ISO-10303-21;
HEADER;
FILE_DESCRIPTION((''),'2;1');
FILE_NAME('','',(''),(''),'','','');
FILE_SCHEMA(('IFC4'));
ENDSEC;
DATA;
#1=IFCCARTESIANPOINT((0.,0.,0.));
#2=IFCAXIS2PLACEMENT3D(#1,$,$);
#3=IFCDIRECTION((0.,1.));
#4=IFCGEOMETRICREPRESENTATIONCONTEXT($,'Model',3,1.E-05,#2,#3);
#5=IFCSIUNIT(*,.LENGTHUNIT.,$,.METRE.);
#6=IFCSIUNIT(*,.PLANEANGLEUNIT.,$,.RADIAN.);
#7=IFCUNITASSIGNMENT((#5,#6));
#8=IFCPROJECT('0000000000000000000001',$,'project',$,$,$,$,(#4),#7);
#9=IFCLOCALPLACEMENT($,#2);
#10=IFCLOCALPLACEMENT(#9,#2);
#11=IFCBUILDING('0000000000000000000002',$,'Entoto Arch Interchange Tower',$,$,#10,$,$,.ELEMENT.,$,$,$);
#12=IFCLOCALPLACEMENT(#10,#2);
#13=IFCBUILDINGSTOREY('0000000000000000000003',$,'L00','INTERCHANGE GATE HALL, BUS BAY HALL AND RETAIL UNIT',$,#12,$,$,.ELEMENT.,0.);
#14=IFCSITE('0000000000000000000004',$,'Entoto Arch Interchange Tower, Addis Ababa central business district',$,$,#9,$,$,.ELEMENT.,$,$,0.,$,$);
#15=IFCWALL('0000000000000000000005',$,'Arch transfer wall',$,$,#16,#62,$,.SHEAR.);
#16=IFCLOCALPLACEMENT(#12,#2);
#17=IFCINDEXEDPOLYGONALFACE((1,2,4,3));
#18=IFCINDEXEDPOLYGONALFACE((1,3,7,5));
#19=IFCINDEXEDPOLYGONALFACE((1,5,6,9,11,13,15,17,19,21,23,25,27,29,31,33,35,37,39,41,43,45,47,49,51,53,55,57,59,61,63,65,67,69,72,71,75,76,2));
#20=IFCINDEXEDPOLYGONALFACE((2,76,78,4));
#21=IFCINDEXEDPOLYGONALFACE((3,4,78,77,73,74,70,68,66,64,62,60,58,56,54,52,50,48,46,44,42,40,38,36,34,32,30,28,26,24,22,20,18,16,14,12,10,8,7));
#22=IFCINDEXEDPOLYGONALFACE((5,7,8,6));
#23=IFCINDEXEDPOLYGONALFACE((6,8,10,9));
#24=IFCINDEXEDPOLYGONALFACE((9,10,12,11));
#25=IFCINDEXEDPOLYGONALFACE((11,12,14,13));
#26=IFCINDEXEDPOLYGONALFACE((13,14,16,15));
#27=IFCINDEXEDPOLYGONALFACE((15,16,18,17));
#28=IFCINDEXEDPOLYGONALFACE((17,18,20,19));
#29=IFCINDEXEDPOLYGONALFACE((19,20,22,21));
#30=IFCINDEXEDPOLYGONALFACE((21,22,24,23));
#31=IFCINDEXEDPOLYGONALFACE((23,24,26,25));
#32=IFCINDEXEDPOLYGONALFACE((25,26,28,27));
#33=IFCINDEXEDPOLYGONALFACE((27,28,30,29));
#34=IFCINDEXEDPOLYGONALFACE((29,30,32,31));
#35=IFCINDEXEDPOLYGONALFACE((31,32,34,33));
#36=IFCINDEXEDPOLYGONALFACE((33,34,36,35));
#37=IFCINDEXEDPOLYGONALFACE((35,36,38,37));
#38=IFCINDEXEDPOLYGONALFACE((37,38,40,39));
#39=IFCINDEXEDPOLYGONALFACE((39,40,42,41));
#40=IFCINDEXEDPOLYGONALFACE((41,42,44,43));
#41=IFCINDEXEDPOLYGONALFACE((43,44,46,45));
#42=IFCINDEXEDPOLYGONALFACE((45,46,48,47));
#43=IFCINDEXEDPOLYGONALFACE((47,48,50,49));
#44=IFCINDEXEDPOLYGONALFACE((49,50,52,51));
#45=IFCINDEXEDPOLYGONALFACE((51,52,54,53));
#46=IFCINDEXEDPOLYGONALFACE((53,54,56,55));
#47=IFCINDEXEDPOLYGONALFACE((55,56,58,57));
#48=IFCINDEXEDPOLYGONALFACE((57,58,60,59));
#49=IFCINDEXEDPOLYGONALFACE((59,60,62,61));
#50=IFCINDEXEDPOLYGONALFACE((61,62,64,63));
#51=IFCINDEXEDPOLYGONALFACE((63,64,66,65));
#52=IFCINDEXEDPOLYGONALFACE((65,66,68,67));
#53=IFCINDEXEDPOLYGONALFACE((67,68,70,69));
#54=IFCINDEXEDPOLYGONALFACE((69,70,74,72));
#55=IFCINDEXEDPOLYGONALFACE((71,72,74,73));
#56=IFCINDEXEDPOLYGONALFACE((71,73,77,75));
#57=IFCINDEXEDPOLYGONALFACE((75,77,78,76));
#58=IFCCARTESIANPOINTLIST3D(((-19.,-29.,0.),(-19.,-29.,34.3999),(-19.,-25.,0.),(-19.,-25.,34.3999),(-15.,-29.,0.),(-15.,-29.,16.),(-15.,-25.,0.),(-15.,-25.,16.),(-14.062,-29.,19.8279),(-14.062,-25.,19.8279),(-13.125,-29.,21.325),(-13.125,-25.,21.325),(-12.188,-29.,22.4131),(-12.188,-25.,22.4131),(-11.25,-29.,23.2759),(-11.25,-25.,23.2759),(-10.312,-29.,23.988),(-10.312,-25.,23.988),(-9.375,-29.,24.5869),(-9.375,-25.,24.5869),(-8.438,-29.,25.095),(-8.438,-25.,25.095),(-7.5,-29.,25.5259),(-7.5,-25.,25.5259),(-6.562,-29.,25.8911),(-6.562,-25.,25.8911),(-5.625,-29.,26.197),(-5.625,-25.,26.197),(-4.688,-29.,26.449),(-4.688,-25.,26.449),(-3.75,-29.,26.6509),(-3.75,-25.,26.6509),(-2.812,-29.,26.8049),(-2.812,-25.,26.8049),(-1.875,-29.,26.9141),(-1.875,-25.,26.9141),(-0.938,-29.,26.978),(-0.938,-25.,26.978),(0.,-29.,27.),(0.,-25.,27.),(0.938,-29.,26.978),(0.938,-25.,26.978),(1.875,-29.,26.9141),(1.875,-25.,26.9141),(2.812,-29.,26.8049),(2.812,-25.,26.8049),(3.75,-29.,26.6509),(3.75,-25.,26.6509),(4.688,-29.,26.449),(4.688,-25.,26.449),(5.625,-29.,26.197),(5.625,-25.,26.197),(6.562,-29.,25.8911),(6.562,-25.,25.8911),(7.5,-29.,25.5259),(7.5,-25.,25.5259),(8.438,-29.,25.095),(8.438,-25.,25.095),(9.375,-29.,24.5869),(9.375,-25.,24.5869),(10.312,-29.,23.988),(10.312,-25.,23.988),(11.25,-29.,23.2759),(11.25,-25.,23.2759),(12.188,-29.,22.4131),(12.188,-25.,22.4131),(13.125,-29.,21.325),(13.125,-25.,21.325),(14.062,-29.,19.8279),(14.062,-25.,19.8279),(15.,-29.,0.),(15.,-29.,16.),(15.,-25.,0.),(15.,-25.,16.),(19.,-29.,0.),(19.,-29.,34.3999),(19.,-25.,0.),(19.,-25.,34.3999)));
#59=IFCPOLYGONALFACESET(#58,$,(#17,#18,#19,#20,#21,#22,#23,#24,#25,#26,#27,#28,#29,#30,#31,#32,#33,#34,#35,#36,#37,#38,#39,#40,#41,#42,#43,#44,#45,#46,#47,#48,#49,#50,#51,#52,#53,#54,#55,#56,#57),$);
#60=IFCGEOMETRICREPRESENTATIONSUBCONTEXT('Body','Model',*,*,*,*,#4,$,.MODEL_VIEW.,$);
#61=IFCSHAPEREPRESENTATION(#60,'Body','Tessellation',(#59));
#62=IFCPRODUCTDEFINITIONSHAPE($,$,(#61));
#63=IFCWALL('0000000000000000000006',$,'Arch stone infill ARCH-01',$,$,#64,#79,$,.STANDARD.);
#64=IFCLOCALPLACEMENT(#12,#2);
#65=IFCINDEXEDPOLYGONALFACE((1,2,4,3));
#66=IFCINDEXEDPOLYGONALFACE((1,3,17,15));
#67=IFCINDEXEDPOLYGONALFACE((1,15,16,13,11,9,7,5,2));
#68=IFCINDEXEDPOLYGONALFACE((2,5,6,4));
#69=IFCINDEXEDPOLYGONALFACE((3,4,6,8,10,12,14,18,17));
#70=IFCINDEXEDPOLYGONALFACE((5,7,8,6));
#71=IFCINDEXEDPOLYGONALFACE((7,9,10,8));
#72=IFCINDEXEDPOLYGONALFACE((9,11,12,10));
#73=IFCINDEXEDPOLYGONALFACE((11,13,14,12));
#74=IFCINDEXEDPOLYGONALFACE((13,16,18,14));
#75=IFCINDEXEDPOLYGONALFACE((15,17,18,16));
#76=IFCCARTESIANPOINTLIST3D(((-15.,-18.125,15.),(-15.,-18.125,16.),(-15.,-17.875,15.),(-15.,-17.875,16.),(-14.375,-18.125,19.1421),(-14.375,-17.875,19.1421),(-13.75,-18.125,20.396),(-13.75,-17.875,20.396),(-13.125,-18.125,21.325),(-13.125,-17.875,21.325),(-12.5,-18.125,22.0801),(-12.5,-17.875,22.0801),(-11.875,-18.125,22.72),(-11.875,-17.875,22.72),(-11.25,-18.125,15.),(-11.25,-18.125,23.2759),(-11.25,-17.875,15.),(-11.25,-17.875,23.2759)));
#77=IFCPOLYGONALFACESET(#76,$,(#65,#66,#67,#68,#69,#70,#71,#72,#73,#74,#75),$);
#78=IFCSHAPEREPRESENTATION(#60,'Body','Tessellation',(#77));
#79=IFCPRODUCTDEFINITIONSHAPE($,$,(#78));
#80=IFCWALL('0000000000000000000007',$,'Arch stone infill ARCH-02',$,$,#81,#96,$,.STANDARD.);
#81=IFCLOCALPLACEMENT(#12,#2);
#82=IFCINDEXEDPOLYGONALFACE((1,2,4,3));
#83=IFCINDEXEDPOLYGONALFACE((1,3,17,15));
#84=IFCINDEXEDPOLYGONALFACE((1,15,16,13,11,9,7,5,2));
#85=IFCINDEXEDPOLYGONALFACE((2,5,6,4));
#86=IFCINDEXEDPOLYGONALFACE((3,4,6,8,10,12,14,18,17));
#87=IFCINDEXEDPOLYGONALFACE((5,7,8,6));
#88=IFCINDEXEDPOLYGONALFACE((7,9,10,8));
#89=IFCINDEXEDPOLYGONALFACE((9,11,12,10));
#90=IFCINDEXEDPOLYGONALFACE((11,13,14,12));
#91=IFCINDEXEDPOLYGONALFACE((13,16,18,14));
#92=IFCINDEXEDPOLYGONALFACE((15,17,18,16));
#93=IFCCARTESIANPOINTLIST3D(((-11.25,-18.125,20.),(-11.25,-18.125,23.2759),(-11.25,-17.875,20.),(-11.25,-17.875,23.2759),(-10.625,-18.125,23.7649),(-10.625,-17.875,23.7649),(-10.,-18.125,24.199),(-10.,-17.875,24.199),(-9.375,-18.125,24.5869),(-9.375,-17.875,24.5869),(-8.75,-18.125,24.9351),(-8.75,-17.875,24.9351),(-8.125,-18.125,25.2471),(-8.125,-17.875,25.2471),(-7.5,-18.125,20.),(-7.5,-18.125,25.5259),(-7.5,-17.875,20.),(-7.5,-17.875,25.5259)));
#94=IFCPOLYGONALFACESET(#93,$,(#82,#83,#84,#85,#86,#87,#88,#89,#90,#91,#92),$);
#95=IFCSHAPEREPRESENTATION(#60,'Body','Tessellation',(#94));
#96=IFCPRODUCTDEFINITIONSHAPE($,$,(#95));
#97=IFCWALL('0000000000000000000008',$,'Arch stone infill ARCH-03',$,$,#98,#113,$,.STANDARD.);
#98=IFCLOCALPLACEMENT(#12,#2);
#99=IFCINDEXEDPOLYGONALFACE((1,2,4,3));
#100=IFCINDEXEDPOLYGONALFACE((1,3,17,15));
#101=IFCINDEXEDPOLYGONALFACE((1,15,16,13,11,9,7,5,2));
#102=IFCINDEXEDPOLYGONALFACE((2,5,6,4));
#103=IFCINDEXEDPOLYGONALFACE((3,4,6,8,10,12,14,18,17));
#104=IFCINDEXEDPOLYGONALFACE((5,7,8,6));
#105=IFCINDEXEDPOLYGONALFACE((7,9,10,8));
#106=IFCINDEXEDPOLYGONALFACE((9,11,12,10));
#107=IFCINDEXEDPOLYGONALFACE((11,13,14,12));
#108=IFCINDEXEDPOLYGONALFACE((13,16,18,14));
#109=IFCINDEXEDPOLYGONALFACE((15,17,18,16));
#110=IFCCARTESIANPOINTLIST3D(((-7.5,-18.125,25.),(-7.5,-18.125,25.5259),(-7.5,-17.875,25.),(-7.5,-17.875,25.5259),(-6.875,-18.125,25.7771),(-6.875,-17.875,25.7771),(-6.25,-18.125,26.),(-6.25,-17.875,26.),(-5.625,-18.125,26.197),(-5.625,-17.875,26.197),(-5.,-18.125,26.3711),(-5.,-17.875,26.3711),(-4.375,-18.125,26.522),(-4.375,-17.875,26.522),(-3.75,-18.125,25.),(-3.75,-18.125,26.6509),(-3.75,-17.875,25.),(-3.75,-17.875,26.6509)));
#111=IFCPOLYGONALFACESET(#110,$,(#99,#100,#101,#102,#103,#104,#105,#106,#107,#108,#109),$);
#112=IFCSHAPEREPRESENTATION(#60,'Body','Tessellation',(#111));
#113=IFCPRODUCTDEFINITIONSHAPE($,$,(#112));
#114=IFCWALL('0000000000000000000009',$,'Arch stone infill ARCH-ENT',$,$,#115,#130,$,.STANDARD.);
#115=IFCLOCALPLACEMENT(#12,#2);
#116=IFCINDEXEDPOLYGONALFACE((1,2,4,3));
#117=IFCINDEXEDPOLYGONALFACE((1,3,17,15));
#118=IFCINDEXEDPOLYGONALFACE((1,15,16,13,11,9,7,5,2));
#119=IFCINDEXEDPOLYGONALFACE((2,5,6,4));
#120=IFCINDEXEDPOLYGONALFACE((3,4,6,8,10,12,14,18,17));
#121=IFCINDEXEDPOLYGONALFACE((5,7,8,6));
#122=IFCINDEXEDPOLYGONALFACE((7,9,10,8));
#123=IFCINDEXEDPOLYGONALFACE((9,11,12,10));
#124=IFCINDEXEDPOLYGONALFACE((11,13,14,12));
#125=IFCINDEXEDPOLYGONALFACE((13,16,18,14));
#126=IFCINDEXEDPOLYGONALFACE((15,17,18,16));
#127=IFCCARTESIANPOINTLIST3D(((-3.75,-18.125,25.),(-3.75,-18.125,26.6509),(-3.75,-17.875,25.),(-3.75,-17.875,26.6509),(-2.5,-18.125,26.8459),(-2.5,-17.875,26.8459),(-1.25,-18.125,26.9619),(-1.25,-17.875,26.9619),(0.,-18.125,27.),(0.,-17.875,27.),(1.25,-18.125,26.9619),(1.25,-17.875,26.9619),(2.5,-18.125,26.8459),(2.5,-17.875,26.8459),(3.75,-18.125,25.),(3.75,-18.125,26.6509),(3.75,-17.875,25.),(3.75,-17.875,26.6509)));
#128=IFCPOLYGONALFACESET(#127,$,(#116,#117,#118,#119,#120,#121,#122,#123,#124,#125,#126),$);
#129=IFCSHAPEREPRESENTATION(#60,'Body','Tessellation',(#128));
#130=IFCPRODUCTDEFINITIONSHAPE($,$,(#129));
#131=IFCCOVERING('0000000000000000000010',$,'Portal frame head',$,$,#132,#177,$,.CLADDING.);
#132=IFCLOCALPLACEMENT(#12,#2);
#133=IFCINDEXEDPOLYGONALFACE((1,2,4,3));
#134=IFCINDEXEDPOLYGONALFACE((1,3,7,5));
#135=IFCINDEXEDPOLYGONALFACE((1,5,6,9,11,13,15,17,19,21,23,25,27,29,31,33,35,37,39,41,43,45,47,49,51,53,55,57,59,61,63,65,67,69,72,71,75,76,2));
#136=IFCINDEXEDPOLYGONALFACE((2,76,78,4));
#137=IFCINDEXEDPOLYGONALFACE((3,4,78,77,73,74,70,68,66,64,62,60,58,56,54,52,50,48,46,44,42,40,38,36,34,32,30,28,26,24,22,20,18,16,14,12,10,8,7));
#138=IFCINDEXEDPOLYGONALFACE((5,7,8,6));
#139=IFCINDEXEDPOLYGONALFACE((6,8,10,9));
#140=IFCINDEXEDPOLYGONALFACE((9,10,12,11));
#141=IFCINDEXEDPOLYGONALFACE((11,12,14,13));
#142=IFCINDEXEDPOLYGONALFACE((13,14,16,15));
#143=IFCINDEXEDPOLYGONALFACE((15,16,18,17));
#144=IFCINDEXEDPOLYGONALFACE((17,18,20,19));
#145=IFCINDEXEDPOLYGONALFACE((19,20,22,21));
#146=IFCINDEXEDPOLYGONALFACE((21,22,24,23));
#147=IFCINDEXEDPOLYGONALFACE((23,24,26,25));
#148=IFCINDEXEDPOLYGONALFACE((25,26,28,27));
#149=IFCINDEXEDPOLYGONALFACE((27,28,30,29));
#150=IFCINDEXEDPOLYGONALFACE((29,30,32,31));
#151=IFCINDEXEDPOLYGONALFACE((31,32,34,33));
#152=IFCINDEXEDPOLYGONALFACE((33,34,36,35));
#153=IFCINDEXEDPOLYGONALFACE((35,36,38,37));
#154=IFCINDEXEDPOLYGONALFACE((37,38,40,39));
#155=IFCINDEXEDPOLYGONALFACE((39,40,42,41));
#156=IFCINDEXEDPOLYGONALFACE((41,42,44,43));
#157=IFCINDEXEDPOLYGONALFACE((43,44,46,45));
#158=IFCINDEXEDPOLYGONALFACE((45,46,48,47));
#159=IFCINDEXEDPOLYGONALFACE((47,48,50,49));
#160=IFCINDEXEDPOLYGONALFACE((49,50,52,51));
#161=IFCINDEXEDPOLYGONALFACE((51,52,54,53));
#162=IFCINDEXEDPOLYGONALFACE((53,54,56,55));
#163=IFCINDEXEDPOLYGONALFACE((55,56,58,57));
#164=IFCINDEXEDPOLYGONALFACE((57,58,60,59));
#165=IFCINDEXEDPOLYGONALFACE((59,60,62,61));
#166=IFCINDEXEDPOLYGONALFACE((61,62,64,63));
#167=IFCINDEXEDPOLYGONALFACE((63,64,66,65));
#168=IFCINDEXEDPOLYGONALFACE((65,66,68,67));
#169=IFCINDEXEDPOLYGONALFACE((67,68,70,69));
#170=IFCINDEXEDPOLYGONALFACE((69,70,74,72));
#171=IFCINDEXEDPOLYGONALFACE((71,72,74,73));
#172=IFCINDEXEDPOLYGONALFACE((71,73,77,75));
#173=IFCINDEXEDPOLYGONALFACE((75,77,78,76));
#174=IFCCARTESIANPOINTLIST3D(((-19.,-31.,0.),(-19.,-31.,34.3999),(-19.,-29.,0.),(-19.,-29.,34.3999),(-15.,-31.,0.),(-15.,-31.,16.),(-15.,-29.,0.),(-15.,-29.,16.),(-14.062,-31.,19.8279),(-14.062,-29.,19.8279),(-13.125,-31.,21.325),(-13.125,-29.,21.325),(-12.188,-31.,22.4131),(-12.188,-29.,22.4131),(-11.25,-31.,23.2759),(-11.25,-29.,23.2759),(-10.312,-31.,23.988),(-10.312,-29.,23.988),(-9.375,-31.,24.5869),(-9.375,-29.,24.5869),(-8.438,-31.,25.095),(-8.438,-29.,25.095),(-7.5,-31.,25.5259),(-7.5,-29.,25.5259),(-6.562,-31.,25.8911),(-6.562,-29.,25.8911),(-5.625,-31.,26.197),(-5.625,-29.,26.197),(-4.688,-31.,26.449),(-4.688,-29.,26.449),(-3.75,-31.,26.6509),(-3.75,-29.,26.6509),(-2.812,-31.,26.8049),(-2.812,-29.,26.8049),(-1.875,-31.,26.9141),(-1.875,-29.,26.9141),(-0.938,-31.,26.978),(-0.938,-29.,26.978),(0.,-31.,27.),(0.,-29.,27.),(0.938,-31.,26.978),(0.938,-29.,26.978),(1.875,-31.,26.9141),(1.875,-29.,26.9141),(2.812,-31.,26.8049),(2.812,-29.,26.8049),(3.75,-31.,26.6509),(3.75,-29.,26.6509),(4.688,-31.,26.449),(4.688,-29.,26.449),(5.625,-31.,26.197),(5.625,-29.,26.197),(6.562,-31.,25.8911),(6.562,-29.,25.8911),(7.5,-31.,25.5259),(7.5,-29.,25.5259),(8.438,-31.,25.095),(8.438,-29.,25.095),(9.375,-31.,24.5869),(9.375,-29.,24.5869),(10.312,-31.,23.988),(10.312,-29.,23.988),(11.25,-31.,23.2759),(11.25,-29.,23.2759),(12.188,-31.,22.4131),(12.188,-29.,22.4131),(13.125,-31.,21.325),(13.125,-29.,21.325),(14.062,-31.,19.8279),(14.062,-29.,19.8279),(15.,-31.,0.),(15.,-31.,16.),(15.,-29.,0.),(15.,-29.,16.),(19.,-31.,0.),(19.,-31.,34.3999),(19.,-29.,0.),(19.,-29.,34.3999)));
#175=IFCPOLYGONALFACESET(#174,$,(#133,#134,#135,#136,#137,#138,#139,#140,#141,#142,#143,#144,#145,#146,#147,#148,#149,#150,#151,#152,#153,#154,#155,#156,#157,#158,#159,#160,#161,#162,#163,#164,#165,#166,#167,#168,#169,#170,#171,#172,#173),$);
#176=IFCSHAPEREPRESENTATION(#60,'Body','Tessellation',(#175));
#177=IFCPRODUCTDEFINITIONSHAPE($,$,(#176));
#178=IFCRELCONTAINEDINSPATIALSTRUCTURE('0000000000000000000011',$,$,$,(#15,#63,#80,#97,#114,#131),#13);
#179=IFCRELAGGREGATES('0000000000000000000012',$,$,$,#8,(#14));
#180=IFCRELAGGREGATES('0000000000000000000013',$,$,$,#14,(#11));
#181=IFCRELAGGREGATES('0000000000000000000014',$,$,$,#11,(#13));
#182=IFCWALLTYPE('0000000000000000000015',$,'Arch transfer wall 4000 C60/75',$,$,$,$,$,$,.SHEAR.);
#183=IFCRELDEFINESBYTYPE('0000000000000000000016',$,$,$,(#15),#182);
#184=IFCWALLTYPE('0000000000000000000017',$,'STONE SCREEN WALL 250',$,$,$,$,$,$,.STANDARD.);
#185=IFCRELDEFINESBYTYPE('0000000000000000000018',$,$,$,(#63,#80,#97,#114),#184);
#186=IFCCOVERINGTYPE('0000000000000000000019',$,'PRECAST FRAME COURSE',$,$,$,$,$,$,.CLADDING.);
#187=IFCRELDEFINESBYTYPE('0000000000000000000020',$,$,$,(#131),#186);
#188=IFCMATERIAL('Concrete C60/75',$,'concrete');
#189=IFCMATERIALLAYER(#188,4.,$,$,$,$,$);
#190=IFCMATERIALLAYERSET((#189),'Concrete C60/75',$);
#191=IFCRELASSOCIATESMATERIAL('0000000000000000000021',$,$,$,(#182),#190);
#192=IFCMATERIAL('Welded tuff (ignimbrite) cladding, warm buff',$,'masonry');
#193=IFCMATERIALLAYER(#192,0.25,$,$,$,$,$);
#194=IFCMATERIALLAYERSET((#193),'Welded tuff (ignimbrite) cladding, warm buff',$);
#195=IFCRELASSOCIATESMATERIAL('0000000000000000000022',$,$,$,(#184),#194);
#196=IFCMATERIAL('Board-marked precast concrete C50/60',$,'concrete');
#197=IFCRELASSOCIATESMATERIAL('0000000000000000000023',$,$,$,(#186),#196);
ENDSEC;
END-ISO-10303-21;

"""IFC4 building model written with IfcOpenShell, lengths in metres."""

from ifc_helpers import new_model, si_unit, direction, frame, origin, place, context, subcontext, project, spatial, polyline, outline, extrude, material, layer, layer_set, type_object, element, save


model = new_model("IFC4")

# Units and contexts
model_context = context("Model", 3, precision=1e-05, world=origin(), true_north=direction((0.0, 1.0)))
body_context = subcontext(model_context, "Body", "Model", "MODEL_VIEW")
ifc_project = project(units=[si_unit("LENGTHUNIT", "METRE"), si_unit("PLANEANGLEUNIT", "RADIAN")], contexts=[model_context])

# Site, building, storey
site_placement = place(None, origin())
site = spatial("IfcSite", under=ifc_project, at=site_placement, Name="Entoto Arch Interchange Tower, Addis Ababa central business district", CompositionType="ELEMENT", RefElevation=0.0)
building_placement = place(site_placement, origin())
building = spatial("IfcBuilding", under=site, at=building_placement, Name="Entoto Arch Interchange Tower", CompositionType="ELEMENT")
storey_placement = place(building_placement, origin())
storey = spatial("IfcBuildingStorey", under=building, at=storey_placement, Name="L00", Description="INTERCHANGE GATE HALL, BUS BAY HALL AND RETAIL UNIT", CompositionType="ELEMENT", Elevation=0.0)

# Walls
ifc_material_1 = material(Name="Concrete C60/75", Category="concrete")
ifc_layer_1 = layer(ifc_material_1, 4.0)
ifc_layer_set_1 = layer_set([ifc_layer_1], Name="Concrete C60/75")
wall_type_1 = type_object("IfcWallType", Name="Arch transfer wall 4000 C60/75", PredefinedType="SHEAR", material=ifc_layer_set_1)
wall_1_placement = place(storey_placement, frame((-19.0, -25.0, 34.3999), z_axis=(0.0, 1.0, 0.0), x_axis=(1.0, 0.0, 0.0)))
element("IfcWall", 1, at=wall_1_placement, inside=storey, type_object=wall_type_1, Name="Arch transfer wall", PredefinedType="SHEAR", context=body_context, shape_type="SweptSolid", body=[
    extrude(outline(polyline([(0.0, 0.0), (38.0, 0.0), (38.0, 34.3999), (34.0, 34.3999), (34.0, 18.3999), (33.062, 14.572), (32.125, 13.075), (31.188, 11.9868), (30.25, 11.124), (29.312, 10.4119), (28.375, 9.813), (27.438, 9.3049), (26.5, 8.874), (25.562, 8.5088), (24.625, 8.2029), (23.688, 7.9509), (22.75, 7.749), (21.812, 7.595), (20.875, 7.4858), (19.938, 7.4219), (19.0, 7.3999), (18.062, 7.4219), (17.125, 7.4858), (16.188, 7.595), (15.25, 7.749), (14.312, 7.9509), (13.375, 8.2029), (12.438, 8.5088), (11.5, 8.874), (10.562, 9.3049), (9.625, 9.813), (8.688, 10.4119), (7.75, 11.124), (6.812, 11.9868), (5.875, 13.075), (4.938, 14.572), (4.0, 18.3999), (4.0, 34.3999), (0.0, 34.3999), (0.0, 0.0)])), origin(), (0.0, 0.0, -1.0), 4.0),
])
ifc_material_2 = material(Name="Welded tuff (ignimbrite) cladding, warm buff", Category="masonry")
ifc_layer_2 = layer(ifc_material_2, 0.25)
ifc_layer_set_2 = layer_set([ifc_layer_2], Name="Welded tuff (ignimbrite) cladding, warm buff")
wall_type_2 = type_object("IfcWallType", Name="STONE SCREEN WALL 250", PredefinedType="STANDARD", material=ifc_layer_set_2)
wall_2_placement = place(storey_placement, frame((-15.0, -18.0, 15.0), z_axis=(0.0, 0.0, 1.0), x_axis=(1.0, 0.0, 0.0)))
element("IfcWall", 2, at=wall_2_placement, inside=storey, type_object=wall_type_2, Name="Arch stone infill ARCH-01", PredefinedType="STANDARD", context=body_context, shape_type="SweptSolid", body=[
    extrude(outline(polyline([(0.0, 0.0), (3.75, 0.0), (3.75, 8.2759), (3.125, 7.72), (2.5, 7.0801), (1.875, 6.325), (1.25, 5.396), (0.625, 4.1421), (0.0, 1.0), (0.0, 0.0)])), frame((0.0, 0.125, 0.0), z_axis=(0.0, -1.0, 0.0), x_axis=(1.0, 0.0, 0.0)), (0.0, 0.0, 1.0), 0.25),
])
wall_3_placement = place(storey_placement, frame((-11.25, -18.0, 20.0), z_axis=(0.0, 0.0, 1.0), x_axis=(1.0, 0.0, 0.0)))
element("IfcWall", 3, at=wall_3_placement, inside=storey, type_object=wall_type_2, Name="Arch stone infill ARCH-02", PredefinedType="STANDARD", context=body_context, shape_type="SweptSolid", body=[
    extrude(outline(polyline([(0.0, 0.0), (3.75, 0.0), (3.75, 5.5259), (3.125, 5.2471), (2.5, 4.9351), (1.875, 4.5869), (1.25, 4.199), (0.625, 3.7649), (0.0, 3.2759), (0.0, 0.0)])), frame((0.0, 0.125, 0.0), z_axis=(0.0, -1.0, 0.0), x_axis=(1.0, 0.0, 0.0)), (0.0, 0.0, 1.0), 0.25),
])
wall_4_placement = place(storey_placement, frame((-7.5, -18.0, 25.0), z_axis=(0.0, 0.0, 1.0), x_axis=(1.0, 0.0, 0.0)))
element("IfcWall", 4, at=wall_4_placement, inside=storey, type_object=wall_type_2, Name="Arch stone infill ARCH-03", PredefinedType="STANDARD", context=body_context, shape_type="SweptSolid", body=[
    extrude(outline(polyline([(0.0, 0.0), (3.75, 0.0), (3.75, 1.6509), (3.125, 1.522), (2.5, 1.3711), (1.875, 1.197), (1.25, 1.0), (0.625, 0.7771), (0.0, 0.5259), (0.0, 0.0)])), frame((0.0, 0.125, 0.0), z_axis=(0.0, -1.0, 0.0), x_axis=(1.0, 0.0, 0.0)), (0.0, 0.0, 1.0), 0.25),
])
wall_5_placement = place(storey_placement, frame((-3.75, -18.0, 25.0), z_axis=(0.0, 0.0, 1.0), x_axis=(1.0, 0.0, 0.0)))
element("IfcWall", 5, at=wall_5_placement, inside=storey, type_object=wall_type_2, Name="Arch stone infill ARCH-ENT", PredefinedType="STANDARD", context=body_context, shape_type="SweptSolid", body=[
    extrude(outline(polyline([(0.0, 0.0), (7.5, 0.0), (7.5, 1.6509), (6.25, 1.8459), (5.0, 1.9619), (3.75, 2.0), (2.5, 1.9619), (1.25, 1.8459), (0.0, 1.6509), (0.0, 0.0)])), frame((0.0, 0.125, 0.0), z_axis=(0.0, -1.0, 0.0), x_axis=(1.0, 0.0, 0.0)), (0.0, 0.0, 1.0), 0.25),
])

# Covering
ifc_material_3 = material(Name="Board-marked precast concrete C50/60", Category="concrete")
covering_type = type_object("IfcCoveringType", Name="PRECAST FRAME COURSE", PredefinedType="CLADDING", material=ifc_material_3)
covering_placement = place(storey_placement, frame((-19.0, -29.0, 34.3999), z_axis=(0.0, 1.0, 0.0), x_axis=(1.0, 0.0, 0.0)))
element("IfcCovering", 6, at=covering_placement, inside=storey, type_object=covering_type, Name="Portal frame head", PredefinedType="CLADDING", context=body_context, shape_type="SweptSolid", body=[
    extrude(outline(polyline([(0.0, 0.0), (38.0, 0.0), (38.0, 34.3999), (34.0, 34.3999), (34.0, 18.3999), (33.062, 14.572), (32.125, 13.075), (31.188, 11.9868), (30.25, 11.124), (29.312, 10.4119), (28.375, 9.813), (27.438, 9.3049), (26.5, 8.874), (25.562, 8.5088), (24.625, 8.2029), (23.688, 7.9509), (22.75, 7.749), (21.812, 7.595), (20.875, 7.4858), (19.938, 7.4219), (19.0, 7.3999), (18.062, 7.4219), (17.125, 7.4858), (16.188, 7.595), (15.25, 7.749), (14.312, 7.9509), (13.375, 8.2029), (12.438, 8.5088), (11.5, 8.874), (10.562, 9.3049), (9.625, 9.813), (8.688, 10.4119), (7.75, 11.124), (6.812, 11.9868), (5.875, 13.075), (4.938, 14.572), (4.0, 18.3999), (4.0, 34.3999), (0.0, 34.3999), (0.0, 0.0)])), origin(), (0.0, 0.0, -1.0), 2.0),
])

save(model, "model.ifc")
